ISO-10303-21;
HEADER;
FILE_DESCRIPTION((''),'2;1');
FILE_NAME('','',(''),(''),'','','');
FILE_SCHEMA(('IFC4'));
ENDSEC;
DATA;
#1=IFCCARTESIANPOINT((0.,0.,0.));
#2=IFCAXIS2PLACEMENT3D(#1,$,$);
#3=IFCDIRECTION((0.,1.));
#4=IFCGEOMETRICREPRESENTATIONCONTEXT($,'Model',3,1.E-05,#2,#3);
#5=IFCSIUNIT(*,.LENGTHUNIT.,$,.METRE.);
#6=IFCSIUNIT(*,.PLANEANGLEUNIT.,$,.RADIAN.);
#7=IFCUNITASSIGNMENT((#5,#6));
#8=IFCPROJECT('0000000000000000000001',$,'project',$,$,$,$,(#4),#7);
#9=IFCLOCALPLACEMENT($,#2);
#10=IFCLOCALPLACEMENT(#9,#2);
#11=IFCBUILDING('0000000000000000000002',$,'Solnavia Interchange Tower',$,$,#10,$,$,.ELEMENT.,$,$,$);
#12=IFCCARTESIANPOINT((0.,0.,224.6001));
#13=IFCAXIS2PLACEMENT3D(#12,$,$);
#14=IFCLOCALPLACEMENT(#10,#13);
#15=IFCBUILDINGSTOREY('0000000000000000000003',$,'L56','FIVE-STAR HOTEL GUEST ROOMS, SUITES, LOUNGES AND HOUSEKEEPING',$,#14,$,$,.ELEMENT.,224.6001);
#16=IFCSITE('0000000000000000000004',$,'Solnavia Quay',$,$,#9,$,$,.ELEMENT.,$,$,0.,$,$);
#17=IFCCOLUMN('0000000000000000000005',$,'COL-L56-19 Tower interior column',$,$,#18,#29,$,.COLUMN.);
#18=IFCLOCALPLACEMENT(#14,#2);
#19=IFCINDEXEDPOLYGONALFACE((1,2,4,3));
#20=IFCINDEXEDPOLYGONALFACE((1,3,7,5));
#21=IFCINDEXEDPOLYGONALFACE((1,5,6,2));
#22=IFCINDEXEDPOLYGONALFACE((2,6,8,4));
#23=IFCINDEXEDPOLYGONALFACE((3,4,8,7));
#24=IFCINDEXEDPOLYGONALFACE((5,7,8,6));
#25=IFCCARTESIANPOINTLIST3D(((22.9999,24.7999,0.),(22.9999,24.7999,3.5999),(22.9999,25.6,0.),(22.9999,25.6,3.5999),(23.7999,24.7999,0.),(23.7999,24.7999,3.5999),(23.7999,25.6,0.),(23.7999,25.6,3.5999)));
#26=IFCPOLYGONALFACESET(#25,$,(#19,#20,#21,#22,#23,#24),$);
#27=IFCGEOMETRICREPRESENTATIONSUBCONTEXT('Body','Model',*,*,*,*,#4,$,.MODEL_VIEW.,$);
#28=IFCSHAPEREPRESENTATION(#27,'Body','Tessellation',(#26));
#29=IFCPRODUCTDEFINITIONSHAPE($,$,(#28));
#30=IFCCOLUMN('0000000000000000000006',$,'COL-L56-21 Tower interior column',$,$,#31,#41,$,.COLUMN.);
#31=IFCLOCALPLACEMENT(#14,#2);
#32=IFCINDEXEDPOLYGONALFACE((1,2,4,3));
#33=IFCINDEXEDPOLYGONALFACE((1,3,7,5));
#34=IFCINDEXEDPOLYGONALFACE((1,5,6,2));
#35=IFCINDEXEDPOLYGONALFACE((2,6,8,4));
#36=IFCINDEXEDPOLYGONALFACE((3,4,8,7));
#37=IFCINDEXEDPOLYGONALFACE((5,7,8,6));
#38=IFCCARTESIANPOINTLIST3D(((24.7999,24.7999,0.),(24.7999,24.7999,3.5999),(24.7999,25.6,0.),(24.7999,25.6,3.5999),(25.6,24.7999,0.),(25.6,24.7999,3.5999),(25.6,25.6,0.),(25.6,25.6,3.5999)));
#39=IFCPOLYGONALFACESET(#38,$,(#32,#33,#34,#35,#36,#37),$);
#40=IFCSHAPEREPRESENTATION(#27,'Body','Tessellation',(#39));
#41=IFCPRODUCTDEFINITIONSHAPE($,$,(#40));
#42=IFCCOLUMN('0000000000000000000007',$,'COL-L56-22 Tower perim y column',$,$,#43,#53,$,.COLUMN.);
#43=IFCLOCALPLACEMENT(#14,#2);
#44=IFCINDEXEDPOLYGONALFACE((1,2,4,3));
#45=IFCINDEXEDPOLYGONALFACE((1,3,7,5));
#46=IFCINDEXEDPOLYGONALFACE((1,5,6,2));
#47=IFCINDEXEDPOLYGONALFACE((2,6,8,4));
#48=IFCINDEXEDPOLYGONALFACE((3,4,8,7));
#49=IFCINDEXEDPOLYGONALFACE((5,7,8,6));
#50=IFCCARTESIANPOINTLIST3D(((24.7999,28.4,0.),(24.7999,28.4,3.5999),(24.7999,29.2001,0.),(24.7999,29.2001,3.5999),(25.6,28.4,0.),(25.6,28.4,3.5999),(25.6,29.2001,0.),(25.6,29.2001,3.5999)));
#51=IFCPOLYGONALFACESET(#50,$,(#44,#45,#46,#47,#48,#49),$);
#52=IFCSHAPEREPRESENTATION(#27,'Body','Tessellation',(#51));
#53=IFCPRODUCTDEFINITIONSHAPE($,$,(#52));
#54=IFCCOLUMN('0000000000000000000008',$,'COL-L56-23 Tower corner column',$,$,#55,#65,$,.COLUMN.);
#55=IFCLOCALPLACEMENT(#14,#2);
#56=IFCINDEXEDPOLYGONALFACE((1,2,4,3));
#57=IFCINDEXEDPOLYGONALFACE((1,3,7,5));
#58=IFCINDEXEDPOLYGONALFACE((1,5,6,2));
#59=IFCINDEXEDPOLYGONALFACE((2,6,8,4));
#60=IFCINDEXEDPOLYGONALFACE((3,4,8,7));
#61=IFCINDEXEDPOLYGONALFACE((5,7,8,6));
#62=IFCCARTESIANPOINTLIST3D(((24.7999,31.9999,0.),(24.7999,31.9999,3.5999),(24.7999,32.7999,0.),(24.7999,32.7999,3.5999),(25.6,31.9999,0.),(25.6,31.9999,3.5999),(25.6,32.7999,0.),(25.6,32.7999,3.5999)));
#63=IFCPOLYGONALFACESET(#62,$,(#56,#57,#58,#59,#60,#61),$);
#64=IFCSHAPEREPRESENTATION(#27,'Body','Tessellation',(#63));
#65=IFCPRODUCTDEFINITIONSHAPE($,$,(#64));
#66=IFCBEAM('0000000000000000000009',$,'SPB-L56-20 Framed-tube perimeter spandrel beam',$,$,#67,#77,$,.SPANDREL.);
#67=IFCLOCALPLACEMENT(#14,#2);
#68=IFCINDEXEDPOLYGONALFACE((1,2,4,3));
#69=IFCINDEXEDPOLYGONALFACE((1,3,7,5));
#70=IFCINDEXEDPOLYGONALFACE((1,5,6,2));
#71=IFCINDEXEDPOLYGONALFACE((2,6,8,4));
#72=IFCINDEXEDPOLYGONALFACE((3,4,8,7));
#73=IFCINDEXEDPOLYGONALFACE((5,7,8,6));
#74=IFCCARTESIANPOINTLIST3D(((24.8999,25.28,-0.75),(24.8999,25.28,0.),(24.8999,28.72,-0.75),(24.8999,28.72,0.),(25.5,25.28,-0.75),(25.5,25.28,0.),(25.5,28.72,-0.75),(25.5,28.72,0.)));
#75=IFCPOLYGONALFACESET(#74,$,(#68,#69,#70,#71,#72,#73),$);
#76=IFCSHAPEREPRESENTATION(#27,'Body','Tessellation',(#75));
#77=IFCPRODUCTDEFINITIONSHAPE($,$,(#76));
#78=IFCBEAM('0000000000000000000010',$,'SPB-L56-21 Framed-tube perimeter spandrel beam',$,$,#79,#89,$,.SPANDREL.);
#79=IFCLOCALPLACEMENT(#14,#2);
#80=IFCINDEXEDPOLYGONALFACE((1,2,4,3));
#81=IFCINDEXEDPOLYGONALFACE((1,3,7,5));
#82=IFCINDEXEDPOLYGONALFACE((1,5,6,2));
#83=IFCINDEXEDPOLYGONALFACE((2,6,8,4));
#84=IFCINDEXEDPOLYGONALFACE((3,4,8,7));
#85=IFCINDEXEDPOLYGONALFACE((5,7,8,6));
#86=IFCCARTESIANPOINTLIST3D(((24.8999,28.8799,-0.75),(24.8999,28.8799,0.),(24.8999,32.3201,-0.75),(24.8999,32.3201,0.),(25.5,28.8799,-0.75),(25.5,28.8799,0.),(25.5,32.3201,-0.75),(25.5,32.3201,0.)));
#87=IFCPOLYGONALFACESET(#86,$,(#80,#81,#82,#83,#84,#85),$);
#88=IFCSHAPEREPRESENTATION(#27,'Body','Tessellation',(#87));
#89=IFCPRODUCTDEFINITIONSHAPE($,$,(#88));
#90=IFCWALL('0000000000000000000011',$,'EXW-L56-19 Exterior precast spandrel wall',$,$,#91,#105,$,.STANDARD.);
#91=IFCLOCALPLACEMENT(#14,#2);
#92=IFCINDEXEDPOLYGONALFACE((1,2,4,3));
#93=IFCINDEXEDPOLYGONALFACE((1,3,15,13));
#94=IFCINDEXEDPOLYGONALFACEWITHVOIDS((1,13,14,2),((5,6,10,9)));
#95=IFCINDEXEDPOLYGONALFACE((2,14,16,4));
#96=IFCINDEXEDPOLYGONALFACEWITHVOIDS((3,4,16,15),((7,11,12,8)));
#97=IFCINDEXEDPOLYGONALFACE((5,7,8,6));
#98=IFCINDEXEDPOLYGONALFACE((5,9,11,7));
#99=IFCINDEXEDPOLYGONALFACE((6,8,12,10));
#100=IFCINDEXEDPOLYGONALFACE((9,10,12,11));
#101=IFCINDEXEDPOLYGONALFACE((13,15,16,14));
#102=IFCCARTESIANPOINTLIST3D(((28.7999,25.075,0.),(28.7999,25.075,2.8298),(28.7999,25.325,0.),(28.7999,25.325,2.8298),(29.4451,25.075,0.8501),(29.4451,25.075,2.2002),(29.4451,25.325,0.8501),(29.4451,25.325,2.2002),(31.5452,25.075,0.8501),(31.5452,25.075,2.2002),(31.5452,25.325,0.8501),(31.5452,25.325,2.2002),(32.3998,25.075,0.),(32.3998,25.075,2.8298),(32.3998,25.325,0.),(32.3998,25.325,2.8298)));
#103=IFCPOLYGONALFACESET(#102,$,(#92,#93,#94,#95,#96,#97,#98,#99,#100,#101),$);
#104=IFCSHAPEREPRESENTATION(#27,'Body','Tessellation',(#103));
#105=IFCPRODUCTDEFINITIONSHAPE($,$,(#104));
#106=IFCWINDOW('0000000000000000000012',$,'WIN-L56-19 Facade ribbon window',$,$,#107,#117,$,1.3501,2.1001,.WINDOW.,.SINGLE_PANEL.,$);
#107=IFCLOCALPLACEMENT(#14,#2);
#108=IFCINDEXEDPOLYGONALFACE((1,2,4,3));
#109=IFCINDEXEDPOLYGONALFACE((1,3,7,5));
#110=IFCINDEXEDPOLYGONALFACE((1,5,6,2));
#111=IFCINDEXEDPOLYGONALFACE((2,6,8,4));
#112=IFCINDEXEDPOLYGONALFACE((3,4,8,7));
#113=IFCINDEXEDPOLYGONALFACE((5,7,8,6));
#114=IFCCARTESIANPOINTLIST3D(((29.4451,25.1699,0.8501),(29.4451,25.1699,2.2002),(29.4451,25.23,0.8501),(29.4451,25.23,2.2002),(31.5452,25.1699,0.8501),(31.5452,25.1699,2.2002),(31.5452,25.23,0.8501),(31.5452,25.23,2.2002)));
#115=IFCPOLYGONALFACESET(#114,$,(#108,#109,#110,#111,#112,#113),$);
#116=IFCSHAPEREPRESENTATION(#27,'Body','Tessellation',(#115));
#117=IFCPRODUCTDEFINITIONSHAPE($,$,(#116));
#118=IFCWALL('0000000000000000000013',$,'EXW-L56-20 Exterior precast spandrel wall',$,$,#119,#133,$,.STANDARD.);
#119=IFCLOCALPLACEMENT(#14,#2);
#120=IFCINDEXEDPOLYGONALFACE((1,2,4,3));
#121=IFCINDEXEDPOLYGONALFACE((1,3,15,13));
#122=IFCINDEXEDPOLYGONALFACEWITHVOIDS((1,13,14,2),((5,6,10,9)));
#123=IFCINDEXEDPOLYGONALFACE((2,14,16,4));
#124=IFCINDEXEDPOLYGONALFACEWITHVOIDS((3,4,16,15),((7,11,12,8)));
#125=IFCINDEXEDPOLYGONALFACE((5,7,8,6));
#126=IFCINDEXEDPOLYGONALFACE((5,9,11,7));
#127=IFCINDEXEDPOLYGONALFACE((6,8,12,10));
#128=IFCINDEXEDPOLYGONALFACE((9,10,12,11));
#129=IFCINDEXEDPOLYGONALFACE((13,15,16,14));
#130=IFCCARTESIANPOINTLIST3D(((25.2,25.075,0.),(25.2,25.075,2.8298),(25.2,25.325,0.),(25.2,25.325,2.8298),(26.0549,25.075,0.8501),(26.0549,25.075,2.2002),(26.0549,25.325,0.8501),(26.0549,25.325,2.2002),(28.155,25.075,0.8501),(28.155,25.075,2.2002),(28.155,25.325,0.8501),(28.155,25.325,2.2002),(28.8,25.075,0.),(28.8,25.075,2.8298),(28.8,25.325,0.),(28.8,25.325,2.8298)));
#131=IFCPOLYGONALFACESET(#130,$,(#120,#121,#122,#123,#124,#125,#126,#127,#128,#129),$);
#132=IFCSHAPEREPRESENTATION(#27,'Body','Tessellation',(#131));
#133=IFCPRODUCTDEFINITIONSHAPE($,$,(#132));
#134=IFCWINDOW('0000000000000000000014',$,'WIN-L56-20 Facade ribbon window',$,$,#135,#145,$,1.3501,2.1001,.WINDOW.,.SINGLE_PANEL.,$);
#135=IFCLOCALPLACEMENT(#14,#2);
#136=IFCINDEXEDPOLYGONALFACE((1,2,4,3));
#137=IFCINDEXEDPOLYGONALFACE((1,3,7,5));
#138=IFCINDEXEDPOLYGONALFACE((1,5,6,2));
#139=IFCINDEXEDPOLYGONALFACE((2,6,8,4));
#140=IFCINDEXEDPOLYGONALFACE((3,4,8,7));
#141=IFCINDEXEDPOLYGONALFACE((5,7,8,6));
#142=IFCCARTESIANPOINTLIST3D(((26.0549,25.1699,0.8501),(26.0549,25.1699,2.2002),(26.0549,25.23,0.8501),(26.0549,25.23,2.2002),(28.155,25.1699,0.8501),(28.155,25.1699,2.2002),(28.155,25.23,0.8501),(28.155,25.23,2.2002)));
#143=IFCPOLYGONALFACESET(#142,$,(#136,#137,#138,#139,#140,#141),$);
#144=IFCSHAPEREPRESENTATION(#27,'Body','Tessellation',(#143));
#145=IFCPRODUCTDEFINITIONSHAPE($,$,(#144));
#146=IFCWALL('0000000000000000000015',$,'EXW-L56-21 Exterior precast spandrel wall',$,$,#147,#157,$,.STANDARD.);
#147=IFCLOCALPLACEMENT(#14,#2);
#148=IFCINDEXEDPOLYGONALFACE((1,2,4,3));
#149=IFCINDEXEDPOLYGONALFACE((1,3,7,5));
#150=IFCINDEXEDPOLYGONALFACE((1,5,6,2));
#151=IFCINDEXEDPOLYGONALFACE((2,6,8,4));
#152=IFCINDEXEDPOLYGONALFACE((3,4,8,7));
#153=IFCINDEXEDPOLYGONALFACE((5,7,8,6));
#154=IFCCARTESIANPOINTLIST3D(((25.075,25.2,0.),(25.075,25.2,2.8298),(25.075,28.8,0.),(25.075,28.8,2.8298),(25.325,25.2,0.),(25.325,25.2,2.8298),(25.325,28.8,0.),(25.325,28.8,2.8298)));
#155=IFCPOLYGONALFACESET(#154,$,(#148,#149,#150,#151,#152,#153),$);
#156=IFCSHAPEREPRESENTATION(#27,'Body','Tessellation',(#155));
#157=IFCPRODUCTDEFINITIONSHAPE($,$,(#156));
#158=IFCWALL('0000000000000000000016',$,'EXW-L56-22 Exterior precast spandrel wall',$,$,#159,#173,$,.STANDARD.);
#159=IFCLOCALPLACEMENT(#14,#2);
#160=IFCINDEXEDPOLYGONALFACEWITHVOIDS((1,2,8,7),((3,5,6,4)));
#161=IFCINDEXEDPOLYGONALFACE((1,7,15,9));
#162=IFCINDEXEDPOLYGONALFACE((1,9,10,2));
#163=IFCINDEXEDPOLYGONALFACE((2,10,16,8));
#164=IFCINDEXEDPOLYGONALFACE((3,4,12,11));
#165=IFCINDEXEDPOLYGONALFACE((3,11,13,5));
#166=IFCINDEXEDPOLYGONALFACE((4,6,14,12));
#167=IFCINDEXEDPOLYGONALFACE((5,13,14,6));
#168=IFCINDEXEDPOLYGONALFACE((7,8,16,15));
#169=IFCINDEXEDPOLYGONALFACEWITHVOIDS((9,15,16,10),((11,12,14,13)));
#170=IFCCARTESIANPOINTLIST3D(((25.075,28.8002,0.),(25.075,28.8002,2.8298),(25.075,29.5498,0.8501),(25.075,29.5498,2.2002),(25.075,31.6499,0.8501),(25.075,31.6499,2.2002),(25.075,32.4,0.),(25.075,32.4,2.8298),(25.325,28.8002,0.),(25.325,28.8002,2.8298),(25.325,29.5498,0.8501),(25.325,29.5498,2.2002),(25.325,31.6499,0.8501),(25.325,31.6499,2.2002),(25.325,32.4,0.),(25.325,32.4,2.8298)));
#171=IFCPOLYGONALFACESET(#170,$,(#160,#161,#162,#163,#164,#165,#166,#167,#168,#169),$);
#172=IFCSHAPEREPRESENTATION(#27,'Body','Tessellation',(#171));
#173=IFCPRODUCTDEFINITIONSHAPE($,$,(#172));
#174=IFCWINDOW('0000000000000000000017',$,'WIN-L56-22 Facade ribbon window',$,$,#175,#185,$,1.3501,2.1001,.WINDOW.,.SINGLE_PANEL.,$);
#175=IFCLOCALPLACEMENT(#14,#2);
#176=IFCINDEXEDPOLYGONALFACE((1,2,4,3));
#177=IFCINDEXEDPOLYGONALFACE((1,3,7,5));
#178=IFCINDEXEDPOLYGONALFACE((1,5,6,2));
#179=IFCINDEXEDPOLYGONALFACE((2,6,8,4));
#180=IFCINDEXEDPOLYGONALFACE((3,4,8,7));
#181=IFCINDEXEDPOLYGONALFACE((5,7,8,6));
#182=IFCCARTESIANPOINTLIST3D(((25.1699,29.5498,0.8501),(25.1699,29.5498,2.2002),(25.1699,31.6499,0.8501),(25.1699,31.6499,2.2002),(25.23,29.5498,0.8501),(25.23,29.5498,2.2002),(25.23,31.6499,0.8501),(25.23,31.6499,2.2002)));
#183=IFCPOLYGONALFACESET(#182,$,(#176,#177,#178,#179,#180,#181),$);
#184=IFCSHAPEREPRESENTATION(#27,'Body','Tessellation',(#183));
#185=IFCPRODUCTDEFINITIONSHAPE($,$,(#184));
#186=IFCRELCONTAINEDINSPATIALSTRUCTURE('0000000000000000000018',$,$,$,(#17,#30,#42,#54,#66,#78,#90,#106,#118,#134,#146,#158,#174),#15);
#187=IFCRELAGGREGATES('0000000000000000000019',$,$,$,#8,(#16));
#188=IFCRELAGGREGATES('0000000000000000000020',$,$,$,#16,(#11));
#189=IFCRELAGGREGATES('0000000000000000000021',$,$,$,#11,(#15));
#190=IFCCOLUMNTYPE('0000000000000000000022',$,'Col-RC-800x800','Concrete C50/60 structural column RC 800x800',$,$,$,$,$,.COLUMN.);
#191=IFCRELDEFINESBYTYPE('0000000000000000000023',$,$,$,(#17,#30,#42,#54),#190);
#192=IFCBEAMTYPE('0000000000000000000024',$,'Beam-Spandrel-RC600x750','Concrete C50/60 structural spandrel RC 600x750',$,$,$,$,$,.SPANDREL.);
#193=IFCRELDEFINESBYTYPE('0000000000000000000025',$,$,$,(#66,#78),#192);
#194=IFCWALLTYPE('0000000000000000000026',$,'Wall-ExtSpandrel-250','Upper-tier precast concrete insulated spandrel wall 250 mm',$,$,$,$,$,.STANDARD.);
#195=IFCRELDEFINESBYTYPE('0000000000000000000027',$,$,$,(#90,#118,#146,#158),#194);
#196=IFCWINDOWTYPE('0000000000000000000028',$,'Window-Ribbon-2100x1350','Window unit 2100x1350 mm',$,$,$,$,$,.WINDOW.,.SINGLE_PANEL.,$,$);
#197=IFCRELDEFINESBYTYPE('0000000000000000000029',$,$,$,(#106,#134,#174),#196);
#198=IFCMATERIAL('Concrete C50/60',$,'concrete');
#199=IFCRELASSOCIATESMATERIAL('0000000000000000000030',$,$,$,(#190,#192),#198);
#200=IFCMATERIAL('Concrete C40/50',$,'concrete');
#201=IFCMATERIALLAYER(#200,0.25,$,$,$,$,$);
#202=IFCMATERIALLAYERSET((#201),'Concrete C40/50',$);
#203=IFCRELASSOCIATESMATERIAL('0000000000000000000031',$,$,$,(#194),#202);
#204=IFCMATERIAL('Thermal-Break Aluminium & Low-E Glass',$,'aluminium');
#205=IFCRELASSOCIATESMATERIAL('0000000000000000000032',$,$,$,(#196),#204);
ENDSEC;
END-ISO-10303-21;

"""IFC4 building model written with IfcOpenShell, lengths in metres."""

from ifc_helpers import new_model, si_unit, direction, frame, frame_2d, origin, origin_2d, place, context, subcontext, project, spatial, rectangle, extrude, material, layer, layer_set, material_profile, profile_set, type_object, element, fill, save


model = new_model("IFC4")

# Units and contexts
model_context = context("Model", 3, precision=1e-05, world=origin(), true_north=direction((0.0, 1.0)))
body_context = subcontext(model_context, "Body", "Model", "MODEL_VIEW")
ifc_project = project(units=[si_unit("LENGTHUNIT", "METRE"), si_unit("PLANEANGLEUNIT", "RADIAN")], contexts=[model_context])

# Site, building, storey
site_placement = place(None, origin())
site = spatial("IfcSite", under=ifc_project, at=site_placement, Name="Solnavia Quay", CompositionType="ELEMENT", RefElevation=0.0)
building_placement = place(site_placement, origin())
building = spatial("IfcBuilding", under=site, at=building_placement, Name="Solnavia Interchange Tower", CompositionType="ELEMENT")
storey_placement = place(building_placement, frame((0.0, 0.0, 224.6001)))
storey = spatial("IfcBuildingStorey", under=building, at=storey_placement, Name="L56", Description="FIVE-STAR HOTEL GUEST ROOMS, SUITES, LOUNGES AND HOUSEKEEPING", CompositionType="ELEMENT", Elevation=224.6001)

# Columns
ifc_material_1 = material(Name="Concrete C50/60", Category="concrete")
ifc_material_profile_1 = material_profile(ifc_material_1, rectangle(XDim=0.8, YDim=0.8, at=origin_2d()), Name="RC 800x800")
ifc_profile_set_1 = profile_set([ifc_material_profile_1], Name="Concrete C50/60")
column_type = type_object("IfcColumnType", Name="Col-RC-800x800", Description="Concrete C50/60 structural column RC 800x800", PredefinedType="COLUMN", material=ifc_profile_set_1)
for number, where, z_axis, x_axis, name in (
    (1, (23.3999, 25.2, 0.0), (0.0, 0.0, 1.0), (1.0, 0.0, 0.0), "COL-L56-19 Tower interior column"),
    (2, (25.2, 25.2, 0.0), (0.0, 0.0, 1.0), (1.0, 0.0, 0.0), "COL-L56-21 Tower interior column"),
    (3, (25.2, 28.8, 0.0), (0.0, 0.0, 1.0), (0.0, 1.0, 0.0), "COL-L56-22 Tower perim y column"),
    (4, (25.2, 32.3999, 0.0), (0.0, 0.0, 1.0), (0.0, 1.0, 0.0), "COL-L56-23 Tower corner column"),
):
    element("IfcColumn", number, at=place(storey_placement, frame(where, z_axis=z_axis, x_axis=x_axis)), inside=storey, type_object=column_type, Name=name, PredefinedType="COLUMN", context=body_context, shape_type="SweptSolid", body=[
        extrude(rectangle(XDim=0.8, YDim=0.8, at=origin_2d()), origin(), (0.0, 0.0, 1.0), 3.5999),
    ])

# Beams
ifc_material_profile_2 = material_profile(ifc_material_1, rectangle(XDim=0.6001, YDim=0.75, at=origin_2d()), Name="RC 600x750")
ifc_profile_set_2 = profile_set([ifc_material_profile_2], Name="Concrete C50/60")
beam_type = type_object("IfcBeamType", Name="Beam-Spandrel-RC600x750", Description="Concrete C50/60 structural spandrel RC 600x750", PredefinedType="SPANDREL", material=ifc_profile_set_2)
beam_1_placement = place(storey_placement, frame((25.2, 25.28, -0.375), z_axis=(0.0, 1.0, 0.0), x_axis=(-1.0, 0.0, 0.0)))
element("IfcBeam", 5, at=beam_1_placement, inside=storey, type_object=beam_type, Name="SPB-L56-20 Framed-tube perimeter spandrel beam", PredefinedType="SPANDREL", context=body_context, shape_type="SweptSolid", body=[
    extrude(rectangle(XDim=0.6001, YDim=0.75, at=origin_2d()), origin(), (0.0, 0.0, 1.0), 3.4399),
])
beam_2_placement = place(storey_placement, frame((25.2, 28.8799, -0.375), z_axis=(0.0, 1.0, 0.0), x_axis=(-1.0, 0.0, 0.0)))
element("IfcBeam", 6, at=beam_2_placement, inside=storey, type_object=beam_type, Name="SPB-L56-21 Framed-tube perimeter spandrel beam", PredefinedType="SPANDREL", context=body_context, shape_type="SweptSolid", body=[
    extrude(rectangle(XDim=0.6001, YDim=0.75, at=origin_2d()), origin(), (0.0, 0.0, 1.0), 3.4402),
])

# Walls, openings, windows
ifc_material_2 = material(Name="Concrete C40/50", Category="concrete")
ifc_layer_1 = layer(ifc_material_2, 0.25)
ifc_layer_set_1 = layer_set([ifc_layer_1], Name="Concrete C40/50")
wall_type_1 = type_object("IfcWallType", Name="Wall-ExtSpandrel-250", Description="Upper-tier precast concrete insulated spandrel wall 250 mm", PredefinedType="STANDARD", material=ifc_layer_set_1)
wall_1_placement = place(storey_placement, frame((28.8, 25.2, 0.0), z_axis=(0.0, 0.0, 1.0), x_axis=(1.0, 0.0, 0.0)))
wall_1 = element("IfcWall", 7, at=wall_1_placement, inside=storey, type_object=wall_type_1, Name="EXW-L56-19 Exterior precast spandrel wall", PredefinedType="STANDARD", context=body_context, shape_type="SweptSolid", body=[
    extrude(rectangle(XDim=3.5999, YDim=0.25, at=frame_2d((1.7998, 0.0))), origin(), (0.0, 0.0, 1.0), 2.8298),
])
opening_1_placement = place(wall_1_placement, frame((0.645, 0.0, 0.8501)))
opening_1 = element("IfcOpeningElement", 8, at=opening_1_placement, cuts=wall_1, PredefinedType="OPENING", context=body_context, shape_type="SweptSolid", body=[
    extrude(rectangle(XDim=2.1001, YDim=1.3501, at=frame_2d((1.05, 0.675))), frame((0.0, 0.135, 0.0), z_axis=(0.0, -1.0, 0.0), x_axis=(1.0, 0.0, 0.0)), (0.0, 0.0, 1.0), 0.27),
])
ifc_material_3 = material(Name="Thermal-Break Aluminium & Low-E Glass", Category="aluminium")
window_type = type_object("IfcWindowType", Name="Window-Ribbon-2100x1350", Description="Window unit 2100x1350 mm", PartitioningType="SINGLE_PANEL", PredefinedType="WINDOW", material=ifc_material_3)
window_1_placement = place(opening_1_placement, origin())
window_1 = element("IfcWindow", 9, at=window_1_placement, inside=storey, type_object=window_type, Name="WIN-L56-19 Facade ribbon window", OverallHeight=1.3501, OverallWidth=2.1001, PartitioningType="SINGLE_PANEL", PredefinedType="WINDOW", context=body_context, shape_type="SweptSolid", body=[
    extrude(rectangle(XDim=2.1001, YDim=1.3501, at=frame_2d((1.05, 0.675))), frame((0.0, 0.03, 0.0), z_axis=(0.0, -1.0, 0.0), x_axis=(1.0, 0.0, 0.0)), (0.0, 0.0, 1.0), 0.0601),
])
fill(opening_1, window_1)
wall_2_placement = place(storey_placement, frame((25.2, 25.2, 0.0), z_axis=(0.0, 0.0, 1.0), x_axis=(1.0, 0.0, 0.0)))
wall_2 = element("IfcWall", 10, at=wall_2_placement, inside=storey, type_object=wall_type_1, Name="EXW-L56-20 Exterior precast spandrel wall", PredefinedType="STANDARD", context=body_context, shape_type="SweptSolid", body=[
    extrude(rectangle(XDim=3.6001, YDim=0.25, at=frame_2d((1.8, 0.0))), origin(), (0.0, 0.0, 1.0), 2.8298),
])
opening_2_placement = place(wall_2_placement, frame((0.855, 0.0, 0.8501)))
opening_2 = element("IfcOpeningElement", 11, at=opening_2_placement, cuts=wall_2, PredefinedType="OPENING", context=body_context, shape_type="SweptSolid", body=[
    extrude(rectangle(XDim=2.1001, YDim=1.3501, at=frame_2d((1.05, 0.675))), frame((0.0, 0.135, 0.0), z_axis=(0.0, -1.0, 0.0), x_axis=(1.0, 0.0, 0.0)), (0.0, 0.0, 1.0), 0.27),
])
window_2_placement = place(opening_2_placement, origin())
window_2 = element("IfcWindow", 12, at=window_2_placement, inside=storey, type_object=window_type, Name="WIN-L56-20 Facade ribbon window", OverallHeight=1.3501, OverallWidth=2.1001, PartitioningType="SINGLE_PANEL", PredefinedType="WINDOW", context=body_context, shape_type="SweptSolid", body=[
    extrude(rectangle(XDim=2.1001, YDim=1.3501, at=frame_2d((1.05, 0.675))), frame((0.0, 0.03, 0.0), z_axis=(0.0, -1.0, 0.0), x_axis=(1.0, 0.0, 0.0)), (0.0, 0.0, 1.0), 0.0601),
])
fill(opening_2, window_2)

# Wall
wall_3_placement = place(storey_placement, frame((25.2, 28.8, 0.0), z_axis=(0.0, 0.0, 1.0), x_axis=(0.0, -1.0, 0.0)))
element("IfcWall", 13, at=wall_3_placement, inside=storey, type_object=wall_type_1, Name="EXW-L56-21 Exterior precast spandrel wall", PredefinedType="STANDARD", context=body_context, shape_type="SweptSolid", body=[
    extrude(rectangle(XDim=3.6001, YDim=0.25, at=frame_2d((1.8, 0.0))), origin(), (0.0, 0.0, 1.0), 2.8298),
])

# Wall, opening, window
wall_4_placement = place(storey_placement, frame((25.2, 32.3999, 0.0), z_axis=(0.0, 0.0, 1.0), x_axis=(0.0, -1.0, 0.0)))
wall_4 = element("IfcWall", 14, at=wall_4_placement, inside=storey, type_object=wall_type_1, Name="EXW-L56-22 Exterior precast spandrel wall", PredefinedType="STANDARD", context=body_context, shape_type="SweptSolid", body=[
    extrude(rectangle(XDim=3.5999, YDim=0.25, at=frame_2d((1.7998, 0.0))), origin(), (0.0, 0.0, 1.0), 2.8298),
])
opening_3_placement = place(wall_4_placement, frame((0.75, 0.0, 0.8501)))
opening_3 = element("IfcOpeningElement", 15, at=opening_3_placement, cuts=wall_4, PredefinedType="OPENING", context=body_context, shape_type="SweptSolid", body=[
    extrude(rectangle(XDim=2.1001, YDim=1.3501, at=frame_2d((1.05, 0.675))), frame((0.0, 0.135, 0.0), z_axis=(0.0, -1.0, 0.0), x_axis=(1.0, 0.0, 0.0)), (0.0, 0.0, 1.0), 0.27),
])
window_3_placement = place(opening_3_placement, origin())
window_3 = element("IfcWindow", 16, at=window_3_placement, inside=storey, type_object=window_type, Name="WIN-L56-22 Facade ribbon window", OverallHeight=1.3501, OverallWidth=2.1001, PartitioningType="SINGLE_PANEL", PredefinedType="WINDOW", context=body_context, shape_type="SweptSolid", body=[
    extrude(rectangle(XDim=2.1001, YDim=1.3501, at=frame_2d((1.05, 0.675))), frame((0.0, 0.03, 0.0), z_axis=(0.0, -1.0, 0.0), x_axis=(1.0, 0.0, 0.0)), (0.0, 0.0, 1.0), 0.0601),
])
fill(opening_3, window_3)

save(model, "model.ifc")
